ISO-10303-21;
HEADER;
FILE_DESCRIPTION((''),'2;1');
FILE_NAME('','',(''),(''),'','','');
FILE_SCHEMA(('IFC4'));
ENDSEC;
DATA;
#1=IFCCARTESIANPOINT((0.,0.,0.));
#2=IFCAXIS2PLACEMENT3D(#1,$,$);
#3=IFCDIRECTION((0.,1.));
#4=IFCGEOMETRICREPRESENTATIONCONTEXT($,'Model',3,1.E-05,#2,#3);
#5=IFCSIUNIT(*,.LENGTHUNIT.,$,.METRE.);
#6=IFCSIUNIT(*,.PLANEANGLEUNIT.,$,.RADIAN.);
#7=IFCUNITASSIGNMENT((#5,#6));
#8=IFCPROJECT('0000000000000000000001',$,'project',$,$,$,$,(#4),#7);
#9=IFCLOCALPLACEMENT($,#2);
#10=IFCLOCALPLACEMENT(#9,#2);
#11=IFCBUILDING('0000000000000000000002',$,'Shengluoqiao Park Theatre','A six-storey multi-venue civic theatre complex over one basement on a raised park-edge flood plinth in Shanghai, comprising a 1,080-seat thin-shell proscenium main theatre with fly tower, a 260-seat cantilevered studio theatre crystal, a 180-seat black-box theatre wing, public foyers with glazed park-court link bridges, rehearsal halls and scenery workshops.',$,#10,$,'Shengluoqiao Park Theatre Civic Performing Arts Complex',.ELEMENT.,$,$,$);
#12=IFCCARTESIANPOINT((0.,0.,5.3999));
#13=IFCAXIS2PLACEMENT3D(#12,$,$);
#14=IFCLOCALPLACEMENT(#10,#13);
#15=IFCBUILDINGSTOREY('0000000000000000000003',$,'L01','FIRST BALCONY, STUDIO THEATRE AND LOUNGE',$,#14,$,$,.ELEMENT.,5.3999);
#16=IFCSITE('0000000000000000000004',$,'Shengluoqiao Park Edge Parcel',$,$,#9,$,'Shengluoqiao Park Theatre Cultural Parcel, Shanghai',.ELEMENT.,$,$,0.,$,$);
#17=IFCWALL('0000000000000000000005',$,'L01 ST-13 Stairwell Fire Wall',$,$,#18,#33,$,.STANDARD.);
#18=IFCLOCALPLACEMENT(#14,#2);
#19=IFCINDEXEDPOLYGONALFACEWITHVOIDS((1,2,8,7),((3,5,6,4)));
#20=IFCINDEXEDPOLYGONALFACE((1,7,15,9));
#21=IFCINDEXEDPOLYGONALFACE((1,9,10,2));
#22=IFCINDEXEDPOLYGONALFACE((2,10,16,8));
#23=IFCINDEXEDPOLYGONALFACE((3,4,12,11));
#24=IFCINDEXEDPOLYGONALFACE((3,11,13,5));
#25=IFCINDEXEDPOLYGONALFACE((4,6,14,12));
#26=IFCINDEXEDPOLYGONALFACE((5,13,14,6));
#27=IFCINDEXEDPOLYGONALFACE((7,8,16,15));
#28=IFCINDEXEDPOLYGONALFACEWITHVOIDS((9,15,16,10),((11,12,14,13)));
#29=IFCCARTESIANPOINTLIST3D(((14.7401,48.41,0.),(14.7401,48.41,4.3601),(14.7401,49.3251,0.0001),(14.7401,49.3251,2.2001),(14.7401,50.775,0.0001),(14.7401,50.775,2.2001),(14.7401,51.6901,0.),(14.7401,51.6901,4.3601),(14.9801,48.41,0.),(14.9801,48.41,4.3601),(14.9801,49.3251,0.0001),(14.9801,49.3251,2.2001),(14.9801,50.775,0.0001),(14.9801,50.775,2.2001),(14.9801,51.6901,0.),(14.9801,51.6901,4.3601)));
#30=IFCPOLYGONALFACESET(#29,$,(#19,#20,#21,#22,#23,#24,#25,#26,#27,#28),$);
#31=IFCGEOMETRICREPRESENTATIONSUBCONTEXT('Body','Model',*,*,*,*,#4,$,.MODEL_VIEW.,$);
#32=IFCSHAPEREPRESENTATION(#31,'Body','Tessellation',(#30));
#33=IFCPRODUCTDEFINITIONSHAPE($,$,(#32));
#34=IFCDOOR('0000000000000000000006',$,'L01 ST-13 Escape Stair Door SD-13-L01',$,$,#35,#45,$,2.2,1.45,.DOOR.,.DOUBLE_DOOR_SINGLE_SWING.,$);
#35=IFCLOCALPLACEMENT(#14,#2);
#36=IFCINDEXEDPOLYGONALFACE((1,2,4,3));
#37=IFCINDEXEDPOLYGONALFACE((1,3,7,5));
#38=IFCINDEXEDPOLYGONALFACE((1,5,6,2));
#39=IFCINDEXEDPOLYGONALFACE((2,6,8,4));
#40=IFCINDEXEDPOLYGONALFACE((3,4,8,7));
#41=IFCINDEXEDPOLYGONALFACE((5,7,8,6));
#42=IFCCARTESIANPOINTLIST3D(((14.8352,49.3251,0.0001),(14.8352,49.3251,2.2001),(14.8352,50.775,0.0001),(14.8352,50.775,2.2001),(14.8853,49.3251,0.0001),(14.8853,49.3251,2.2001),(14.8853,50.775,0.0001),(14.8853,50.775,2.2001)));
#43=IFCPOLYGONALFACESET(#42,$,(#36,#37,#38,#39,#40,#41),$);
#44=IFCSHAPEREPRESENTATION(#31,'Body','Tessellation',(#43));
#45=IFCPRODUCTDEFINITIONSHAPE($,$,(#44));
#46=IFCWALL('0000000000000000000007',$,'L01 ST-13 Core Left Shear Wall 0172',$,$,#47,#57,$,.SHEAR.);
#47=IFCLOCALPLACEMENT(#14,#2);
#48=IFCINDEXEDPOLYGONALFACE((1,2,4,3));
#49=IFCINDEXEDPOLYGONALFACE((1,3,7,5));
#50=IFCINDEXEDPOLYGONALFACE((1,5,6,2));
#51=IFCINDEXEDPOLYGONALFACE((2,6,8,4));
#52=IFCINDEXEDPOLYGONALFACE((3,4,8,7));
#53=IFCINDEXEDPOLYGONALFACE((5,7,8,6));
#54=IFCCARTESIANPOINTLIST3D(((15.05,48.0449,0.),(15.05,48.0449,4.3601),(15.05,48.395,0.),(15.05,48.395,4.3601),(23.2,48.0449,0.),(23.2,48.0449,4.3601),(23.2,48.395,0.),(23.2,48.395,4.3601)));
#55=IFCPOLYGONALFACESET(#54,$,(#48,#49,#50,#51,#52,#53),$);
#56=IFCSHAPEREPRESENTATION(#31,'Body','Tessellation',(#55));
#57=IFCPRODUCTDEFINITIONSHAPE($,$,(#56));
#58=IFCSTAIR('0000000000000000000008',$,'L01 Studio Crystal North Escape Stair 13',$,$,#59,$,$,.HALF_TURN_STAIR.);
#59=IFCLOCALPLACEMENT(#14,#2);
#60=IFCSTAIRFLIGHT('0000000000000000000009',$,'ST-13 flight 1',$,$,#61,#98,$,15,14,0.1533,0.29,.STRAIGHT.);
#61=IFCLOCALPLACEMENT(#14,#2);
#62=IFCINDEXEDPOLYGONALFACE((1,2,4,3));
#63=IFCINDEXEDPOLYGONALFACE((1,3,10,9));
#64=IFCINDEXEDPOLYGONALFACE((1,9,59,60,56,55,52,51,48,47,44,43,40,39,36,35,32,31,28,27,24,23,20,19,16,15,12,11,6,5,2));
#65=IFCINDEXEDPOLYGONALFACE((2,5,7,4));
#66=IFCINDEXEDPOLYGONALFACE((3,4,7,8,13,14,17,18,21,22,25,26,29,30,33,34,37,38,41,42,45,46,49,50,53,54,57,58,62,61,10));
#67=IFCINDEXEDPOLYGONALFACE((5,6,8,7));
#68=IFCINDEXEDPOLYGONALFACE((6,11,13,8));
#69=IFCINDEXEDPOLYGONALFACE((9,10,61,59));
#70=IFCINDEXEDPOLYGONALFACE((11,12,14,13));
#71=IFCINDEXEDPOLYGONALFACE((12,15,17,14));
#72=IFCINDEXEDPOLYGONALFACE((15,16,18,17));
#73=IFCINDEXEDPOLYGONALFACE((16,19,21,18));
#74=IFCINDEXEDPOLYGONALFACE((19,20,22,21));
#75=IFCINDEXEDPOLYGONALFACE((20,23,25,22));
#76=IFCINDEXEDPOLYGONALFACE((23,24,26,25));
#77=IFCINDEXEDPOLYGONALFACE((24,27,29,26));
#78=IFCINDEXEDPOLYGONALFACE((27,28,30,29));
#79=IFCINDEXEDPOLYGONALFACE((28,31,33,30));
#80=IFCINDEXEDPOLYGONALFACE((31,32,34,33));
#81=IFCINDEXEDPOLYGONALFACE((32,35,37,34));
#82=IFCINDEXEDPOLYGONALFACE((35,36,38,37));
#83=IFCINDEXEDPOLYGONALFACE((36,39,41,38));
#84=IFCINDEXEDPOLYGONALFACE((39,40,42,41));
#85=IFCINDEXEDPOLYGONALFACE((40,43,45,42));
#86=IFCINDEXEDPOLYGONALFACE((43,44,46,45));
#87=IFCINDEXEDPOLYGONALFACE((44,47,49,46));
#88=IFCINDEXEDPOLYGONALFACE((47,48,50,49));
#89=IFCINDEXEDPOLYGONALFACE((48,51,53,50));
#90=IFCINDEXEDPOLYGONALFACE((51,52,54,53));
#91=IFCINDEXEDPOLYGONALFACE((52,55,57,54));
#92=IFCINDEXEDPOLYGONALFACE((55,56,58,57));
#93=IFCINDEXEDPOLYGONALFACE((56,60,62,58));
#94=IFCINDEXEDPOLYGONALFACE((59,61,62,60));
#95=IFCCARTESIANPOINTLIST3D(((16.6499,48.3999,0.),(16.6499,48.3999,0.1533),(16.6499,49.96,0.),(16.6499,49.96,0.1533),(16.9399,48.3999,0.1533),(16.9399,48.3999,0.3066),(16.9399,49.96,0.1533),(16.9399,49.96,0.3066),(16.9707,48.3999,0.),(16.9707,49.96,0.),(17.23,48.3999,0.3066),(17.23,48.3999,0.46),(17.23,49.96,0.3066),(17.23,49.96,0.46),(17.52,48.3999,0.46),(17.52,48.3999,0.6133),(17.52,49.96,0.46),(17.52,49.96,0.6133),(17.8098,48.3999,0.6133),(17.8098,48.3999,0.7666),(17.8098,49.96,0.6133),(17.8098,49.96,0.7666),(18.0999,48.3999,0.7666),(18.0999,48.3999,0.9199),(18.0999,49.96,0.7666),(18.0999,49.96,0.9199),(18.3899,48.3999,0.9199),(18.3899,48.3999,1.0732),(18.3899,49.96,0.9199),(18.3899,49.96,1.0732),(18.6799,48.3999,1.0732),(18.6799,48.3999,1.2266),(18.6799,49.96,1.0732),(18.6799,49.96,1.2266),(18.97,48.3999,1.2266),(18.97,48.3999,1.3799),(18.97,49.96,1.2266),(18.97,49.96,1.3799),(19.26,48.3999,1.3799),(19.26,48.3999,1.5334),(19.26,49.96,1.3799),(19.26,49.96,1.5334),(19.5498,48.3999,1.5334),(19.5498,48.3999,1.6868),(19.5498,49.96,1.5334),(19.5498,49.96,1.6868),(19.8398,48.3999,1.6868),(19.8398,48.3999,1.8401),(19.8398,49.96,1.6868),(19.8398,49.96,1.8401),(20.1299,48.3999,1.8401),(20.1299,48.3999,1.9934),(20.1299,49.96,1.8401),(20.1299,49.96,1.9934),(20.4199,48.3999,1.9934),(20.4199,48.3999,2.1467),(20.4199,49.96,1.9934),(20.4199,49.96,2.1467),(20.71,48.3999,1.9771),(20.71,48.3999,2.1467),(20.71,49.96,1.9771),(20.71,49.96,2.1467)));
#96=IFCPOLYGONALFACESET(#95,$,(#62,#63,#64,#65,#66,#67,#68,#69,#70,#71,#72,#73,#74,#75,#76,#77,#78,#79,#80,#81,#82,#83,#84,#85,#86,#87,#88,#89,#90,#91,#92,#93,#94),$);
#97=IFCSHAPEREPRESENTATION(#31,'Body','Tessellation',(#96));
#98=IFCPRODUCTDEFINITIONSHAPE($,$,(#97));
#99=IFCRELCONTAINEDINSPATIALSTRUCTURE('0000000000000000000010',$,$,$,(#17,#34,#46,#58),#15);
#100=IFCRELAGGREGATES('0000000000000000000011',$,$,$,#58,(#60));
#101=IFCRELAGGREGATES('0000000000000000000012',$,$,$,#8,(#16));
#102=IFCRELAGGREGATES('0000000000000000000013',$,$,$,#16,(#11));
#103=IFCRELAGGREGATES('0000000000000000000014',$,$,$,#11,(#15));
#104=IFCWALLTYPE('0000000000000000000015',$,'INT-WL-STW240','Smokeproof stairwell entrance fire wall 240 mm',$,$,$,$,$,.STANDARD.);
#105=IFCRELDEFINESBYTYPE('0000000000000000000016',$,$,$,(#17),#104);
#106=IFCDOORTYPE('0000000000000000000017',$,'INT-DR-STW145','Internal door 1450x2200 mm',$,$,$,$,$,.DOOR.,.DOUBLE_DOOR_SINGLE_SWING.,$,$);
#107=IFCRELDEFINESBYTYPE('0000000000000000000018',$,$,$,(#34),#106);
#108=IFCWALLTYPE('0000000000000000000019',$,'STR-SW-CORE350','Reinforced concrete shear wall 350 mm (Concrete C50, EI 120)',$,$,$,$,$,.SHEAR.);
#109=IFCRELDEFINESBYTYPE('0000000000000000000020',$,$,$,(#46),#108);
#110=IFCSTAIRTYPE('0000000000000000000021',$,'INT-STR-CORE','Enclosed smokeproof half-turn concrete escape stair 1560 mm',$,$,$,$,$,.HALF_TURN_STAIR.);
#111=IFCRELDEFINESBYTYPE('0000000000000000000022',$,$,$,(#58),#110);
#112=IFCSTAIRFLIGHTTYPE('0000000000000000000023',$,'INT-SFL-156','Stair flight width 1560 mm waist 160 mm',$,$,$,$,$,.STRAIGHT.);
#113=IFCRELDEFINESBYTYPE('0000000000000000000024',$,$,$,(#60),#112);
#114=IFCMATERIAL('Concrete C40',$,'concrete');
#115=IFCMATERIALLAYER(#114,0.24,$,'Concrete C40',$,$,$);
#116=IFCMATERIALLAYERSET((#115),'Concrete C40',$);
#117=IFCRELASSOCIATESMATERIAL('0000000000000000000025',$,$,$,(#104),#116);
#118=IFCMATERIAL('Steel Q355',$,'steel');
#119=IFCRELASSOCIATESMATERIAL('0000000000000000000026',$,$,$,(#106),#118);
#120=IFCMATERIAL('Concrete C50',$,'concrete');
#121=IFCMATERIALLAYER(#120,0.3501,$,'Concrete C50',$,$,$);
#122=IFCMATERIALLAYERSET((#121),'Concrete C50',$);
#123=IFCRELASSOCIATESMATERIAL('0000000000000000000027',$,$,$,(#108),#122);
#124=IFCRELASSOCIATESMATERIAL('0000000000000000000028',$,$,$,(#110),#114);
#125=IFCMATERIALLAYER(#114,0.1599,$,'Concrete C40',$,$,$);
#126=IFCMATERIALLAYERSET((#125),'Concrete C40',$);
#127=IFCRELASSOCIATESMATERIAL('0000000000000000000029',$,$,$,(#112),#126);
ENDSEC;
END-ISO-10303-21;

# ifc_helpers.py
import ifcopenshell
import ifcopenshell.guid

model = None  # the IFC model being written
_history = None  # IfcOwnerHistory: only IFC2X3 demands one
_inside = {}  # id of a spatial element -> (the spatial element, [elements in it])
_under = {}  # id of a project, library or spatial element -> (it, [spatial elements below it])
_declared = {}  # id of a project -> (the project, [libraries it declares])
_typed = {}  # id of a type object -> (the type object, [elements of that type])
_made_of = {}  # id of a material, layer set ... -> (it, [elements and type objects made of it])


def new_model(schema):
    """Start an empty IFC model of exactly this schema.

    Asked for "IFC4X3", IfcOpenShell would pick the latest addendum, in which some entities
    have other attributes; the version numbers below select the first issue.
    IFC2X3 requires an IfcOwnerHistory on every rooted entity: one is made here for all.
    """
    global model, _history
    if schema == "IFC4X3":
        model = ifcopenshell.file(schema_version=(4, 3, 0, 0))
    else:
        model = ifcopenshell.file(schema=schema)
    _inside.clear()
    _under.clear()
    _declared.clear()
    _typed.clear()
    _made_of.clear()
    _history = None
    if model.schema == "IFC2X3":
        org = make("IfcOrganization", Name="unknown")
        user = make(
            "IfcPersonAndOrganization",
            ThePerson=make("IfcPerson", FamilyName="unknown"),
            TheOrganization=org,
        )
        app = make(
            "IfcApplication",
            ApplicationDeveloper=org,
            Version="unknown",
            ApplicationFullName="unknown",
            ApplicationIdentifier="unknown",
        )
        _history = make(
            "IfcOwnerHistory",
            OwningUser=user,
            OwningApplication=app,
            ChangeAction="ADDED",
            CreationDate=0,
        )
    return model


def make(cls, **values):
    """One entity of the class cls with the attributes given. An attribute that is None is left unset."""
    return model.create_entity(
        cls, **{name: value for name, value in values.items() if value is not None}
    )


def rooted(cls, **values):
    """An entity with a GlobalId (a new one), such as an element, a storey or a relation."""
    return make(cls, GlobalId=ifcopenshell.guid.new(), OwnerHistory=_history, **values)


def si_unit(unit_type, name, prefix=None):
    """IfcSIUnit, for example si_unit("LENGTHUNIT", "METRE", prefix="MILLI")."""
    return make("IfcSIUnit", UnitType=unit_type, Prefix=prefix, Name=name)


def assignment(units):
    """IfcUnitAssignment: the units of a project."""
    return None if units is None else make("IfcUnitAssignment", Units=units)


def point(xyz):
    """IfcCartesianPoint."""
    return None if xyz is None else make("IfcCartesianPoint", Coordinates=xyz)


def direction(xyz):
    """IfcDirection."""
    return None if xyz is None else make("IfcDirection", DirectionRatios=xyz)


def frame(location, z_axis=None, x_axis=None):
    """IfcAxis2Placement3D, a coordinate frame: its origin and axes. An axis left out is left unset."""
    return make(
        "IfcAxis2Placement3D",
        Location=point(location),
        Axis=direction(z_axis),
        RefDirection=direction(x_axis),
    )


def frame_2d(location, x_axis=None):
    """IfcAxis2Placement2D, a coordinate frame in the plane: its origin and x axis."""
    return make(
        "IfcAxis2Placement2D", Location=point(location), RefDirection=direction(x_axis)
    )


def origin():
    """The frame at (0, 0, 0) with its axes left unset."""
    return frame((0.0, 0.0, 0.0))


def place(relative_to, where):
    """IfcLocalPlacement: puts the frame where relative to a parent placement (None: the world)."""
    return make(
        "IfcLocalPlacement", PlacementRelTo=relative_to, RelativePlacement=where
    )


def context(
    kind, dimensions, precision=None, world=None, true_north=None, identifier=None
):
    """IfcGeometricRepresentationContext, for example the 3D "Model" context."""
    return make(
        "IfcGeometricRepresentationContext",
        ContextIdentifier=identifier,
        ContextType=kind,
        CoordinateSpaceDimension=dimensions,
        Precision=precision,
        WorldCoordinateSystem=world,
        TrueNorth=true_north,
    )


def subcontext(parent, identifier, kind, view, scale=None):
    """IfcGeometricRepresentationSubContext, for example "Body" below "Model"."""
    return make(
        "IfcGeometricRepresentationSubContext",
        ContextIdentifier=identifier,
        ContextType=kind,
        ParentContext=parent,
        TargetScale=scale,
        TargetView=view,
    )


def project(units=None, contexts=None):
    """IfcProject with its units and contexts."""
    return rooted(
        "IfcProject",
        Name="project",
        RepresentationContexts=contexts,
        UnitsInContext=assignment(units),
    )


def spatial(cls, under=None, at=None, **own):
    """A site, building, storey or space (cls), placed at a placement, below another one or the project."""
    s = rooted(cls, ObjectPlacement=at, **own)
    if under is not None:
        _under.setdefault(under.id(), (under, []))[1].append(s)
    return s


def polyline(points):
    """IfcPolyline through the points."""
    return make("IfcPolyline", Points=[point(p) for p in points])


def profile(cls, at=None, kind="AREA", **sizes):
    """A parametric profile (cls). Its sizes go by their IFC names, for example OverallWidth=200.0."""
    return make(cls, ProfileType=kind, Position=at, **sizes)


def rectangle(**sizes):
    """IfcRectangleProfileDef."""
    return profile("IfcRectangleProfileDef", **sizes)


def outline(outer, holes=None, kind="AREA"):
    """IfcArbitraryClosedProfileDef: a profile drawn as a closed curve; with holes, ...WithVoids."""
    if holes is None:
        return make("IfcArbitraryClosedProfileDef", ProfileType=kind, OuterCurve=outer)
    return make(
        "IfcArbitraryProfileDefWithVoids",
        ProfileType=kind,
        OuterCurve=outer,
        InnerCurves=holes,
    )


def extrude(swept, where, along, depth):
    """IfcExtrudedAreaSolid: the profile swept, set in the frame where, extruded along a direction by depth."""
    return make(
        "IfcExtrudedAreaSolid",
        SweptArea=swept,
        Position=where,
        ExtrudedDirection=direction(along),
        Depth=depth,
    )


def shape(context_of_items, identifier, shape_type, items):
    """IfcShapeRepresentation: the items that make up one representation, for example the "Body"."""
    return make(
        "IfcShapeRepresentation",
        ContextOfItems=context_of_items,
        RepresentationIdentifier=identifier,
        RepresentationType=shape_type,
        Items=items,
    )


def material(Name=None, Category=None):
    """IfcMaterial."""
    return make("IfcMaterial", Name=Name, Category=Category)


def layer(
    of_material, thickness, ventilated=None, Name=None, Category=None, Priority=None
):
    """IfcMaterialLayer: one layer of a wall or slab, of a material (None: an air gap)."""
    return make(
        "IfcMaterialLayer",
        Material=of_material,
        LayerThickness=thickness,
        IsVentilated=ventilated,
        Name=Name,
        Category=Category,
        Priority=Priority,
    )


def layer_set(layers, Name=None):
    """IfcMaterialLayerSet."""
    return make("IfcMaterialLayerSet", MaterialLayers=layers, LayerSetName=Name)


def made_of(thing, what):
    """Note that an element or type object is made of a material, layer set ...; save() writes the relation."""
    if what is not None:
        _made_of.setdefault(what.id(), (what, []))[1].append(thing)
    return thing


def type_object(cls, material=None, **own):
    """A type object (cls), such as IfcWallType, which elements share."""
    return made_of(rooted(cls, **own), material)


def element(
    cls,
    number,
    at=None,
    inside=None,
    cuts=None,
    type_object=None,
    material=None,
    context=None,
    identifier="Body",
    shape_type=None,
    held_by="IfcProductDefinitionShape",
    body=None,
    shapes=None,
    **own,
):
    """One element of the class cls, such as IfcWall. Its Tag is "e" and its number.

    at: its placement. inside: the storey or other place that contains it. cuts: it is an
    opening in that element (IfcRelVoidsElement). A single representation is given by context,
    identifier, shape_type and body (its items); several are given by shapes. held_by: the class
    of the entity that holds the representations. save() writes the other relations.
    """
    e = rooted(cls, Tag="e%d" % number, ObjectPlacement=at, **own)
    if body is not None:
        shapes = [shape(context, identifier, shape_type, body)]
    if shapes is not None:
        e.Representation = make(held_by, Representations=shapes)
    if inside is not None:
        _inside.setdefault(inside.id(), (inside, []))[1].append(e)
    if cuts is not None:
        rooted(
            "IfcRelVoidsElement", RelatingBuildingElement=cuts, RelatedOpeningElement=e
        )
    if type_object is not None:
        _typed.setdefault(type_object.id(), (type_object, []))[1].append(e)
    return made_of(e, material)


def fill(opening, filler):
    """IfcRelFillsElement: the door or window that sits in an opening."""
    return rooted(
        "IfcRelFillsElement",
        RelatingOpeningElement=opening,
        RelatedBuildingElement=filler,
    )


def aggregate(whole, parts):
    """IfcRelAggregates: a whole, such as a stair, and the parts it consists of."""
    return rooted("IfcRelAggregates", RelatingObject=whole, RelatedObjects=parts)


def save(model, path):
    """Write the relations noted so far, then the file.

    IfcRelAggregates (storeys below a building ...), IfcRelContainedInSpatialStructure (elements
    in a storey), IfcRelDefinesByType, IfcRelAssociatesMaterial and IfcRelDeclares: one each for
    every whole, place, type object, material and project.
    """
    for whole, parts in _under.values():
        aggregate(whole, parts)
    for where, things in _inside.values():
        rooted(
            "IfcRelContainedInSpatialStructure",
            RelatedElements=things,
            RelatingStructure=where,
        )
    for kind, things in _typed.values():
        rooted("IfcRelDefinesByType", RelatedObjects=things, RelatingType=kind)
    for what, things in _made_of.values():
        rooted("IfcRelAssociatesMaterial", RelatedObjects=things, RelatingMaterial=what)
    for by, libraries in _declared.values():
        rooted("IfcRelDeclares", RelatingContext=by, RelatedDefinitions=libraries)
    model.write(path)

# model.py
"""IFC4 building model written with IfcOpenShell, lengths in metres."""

from ifc_helpers import new_model, si_unit, direction, frame, frame_2d, origin, place, context, subcontext, project, spatial, polyline, rectangle, outline, extrude, material, layer, layer_set, type_object, element, fill, aggregate, save


model = new_model("IFC4")

# Units and contexts
model_context = context("Model", 3, precision=1e-05, world=origin(), true_north=direction((0.0, 1.0)))
body_context = subcontext(model_context, "Body", "Model", "MODEL_VIEW")
ifc_project = project(units=[si_unit("LENGTHUNIT", "METRE"), si_unit("PLANEANGLEUNIT", "RADIAN")], contexts=[model_context])

# Site, building, storey
site_placement = place(None, origin())
site = spatial("IfcSite", under=ifc_project, at=site_placement, Name="Shengluoqiao Park Edge Parcel", LongName="Shengluoqiao Park Theatre Cultural Parcel, Shanghai", CompositionType="ELEMENT", RefElevation=0.0)
building_placement = place(site_placement, origin())
building = spatial("IfcBuilding", under=site, at=building_placement, Name="Shengluoqiao Park Theatre", Description="A six-storey multi-venue civic theatre complex over one basement on a raised park-edge flood plinth in Shanghai, comprising a 1,080-seat thin-shell proscenium main theatre with fly tower, a 260-seat cantilevered studio theatre crystal, a 180-seat black-box theatre wing, public foyers with glazed park-court link bridges, rehearsal halls and scenery workshops.", LongName="Shengluoqiao Park Theatre Civic Performing Arts Complex", CompositionType="ELEMENT")
storey_placement = place(building_placement, frame((0.0, 0.0, 5.3999)))
storey = spatial("IfcBuildingStorey", under=building, at=storey_placement, Name="L01", Description="FIRST BALCONY, STUDIO THEATRE AND LOUNGE", CompositionType="ELEMENT", Elevation=5.3999)

# Shared definitions
ifc_material_1 = material(Name="Steel Q355", Category="steel")

# Wall, opening, door
ifc_material_2 = material(Name="Concrete C40", Category="concrete")
ifc_layer_1 = layer(ifc_material_2, 0.24, Name="Concrete C40")
ifc_layer_set_1 = layer_set([ifc_layer_1], Name="Concrete C40")
wall_type_1 = type_object("IfcWallType", Name="INT-WL-STW240", Description="Smokeproof stairwell entrance fire wall 240 mm", PredefinedType="STANDARD", material=ifc_layer_set_1)
wall_1_placement = place(storey_placement, frame((14.8601, 48.4099, 0.0), z_axis=(0.0, 0.0, 1.0), x_axis=(0.0, 1.0, 0.0)))
wall_1 = element("IfcWall", 1, at=wall_1_placement, inside=storey, type_object=wall_type_1, Name="L01 ST-13 Stairwell Fire Wall", PredefinedType="STANDARD", context=body_context, shape_type="SweptSolid", body=[
    extrude(rectangle(XDim=3.28, YDim=0.24, at=frame_2d((1.6401, 0.0))), origin(), (0.0, 0.0, 1.0), 4.3601),
])
opening_placement = place(wall_1_placement, frame((0.915, 0.0, 0.0)))
opening = element("IfcOpeningElement", 2, at=opening_placement, cuts=wall_1, PredefinedType="OPENING", context=body_context, shape_type="SweptSolid", body=[
    extrude(rectangle(XDim=1.45, YDim=2.2, at=frame_2d((0.7251, 1.1001))), frame((0.0, 0.1299, 0.0), z_axis=(0.0, -1.0, 0.0), x_axis=(1.0, 0.0, 0.0)), (0.0, 0.0, 1.0), 0.26),
])
door_type = type_object("IfcDoorType", Name="INT-DR-STW145", Description="Internal door 1450x2200 mm", OperationType="DOUBLE_DOOR_SINGLE_SWING", PredefinedType="DOOR", material=ifc_material_1)
door_placement = place(opening_placement, origin())
door = element("IfcDoor", 3, at=door_placement, inside=storey, type_object=door_type, Name="L01 ST-13 Escape Stair Door SD-13-L01", OperationType="DOUBLE_DOOR_SINGLE_SWING", OverallHeight=2.2, OverallWidth=1.45, PredefinedType="DOOR", context=body_context, shape_type="SweptSolid", body=[
    extrude(rectangle(XDim=1.45, YDim=2.2, at=frame_2d((0.7251, 1.1001))), frame((0.0, 0.0249, 0.0), z_axis=(0.0, -1.0, 0.0), x_axis=(1.0, 0.0, 0.0)), (0.0, 0.0, 1.0), 0.05),
])
fill(opening, door)

# Wall
ifc_material_3 = material(Name="Concrete C50", Category="concrete")
ifc_layer_2 = layer(ifc_material_3, 0.3501, Name="Concrete C50")
ifc_layer_set_2 = layer_set([ifc_layer_2], Name="Concrete C50")
wall_type_2 = type_object("IfcWallType", Name="STR-SW-CORE350", Description="Reinforced concrete shear wall 350 mm (Concrete C50, EI 120)", PredefinedType="SHEAR", material=ifc_layer_set_2)
wall_2_placement = place(storey_placement, frame((15.05, 48.22, 0.0), z_axis=(0.0, 0.0, 1.0), x_axis=(1.0, 0.0, 0.0)))
element("IfcWall", 4, at=wall_2_placement, inside=storey, type_object=wall_type_2, Name="L01 ST-13 Core Left Shear Wall 0172", PredefinedType="SHEAR", context=body_context, shape_type="SweptSolid", body=[
    extrude(rectangle(XDim=8.1499, YDim=0.3501, at=frame_2d((4.075, 0.0))), origin(), (0.0, 0.0, 1.0), 4.3601),
])

# Stair, stair flight
stair_type = type_object("IfcStairType", Name="INT-STR-CORE", Description="Enclosed smokeproof half-turn concrete escape stair 1560 mm", PredefinedType="HALF_TURN_STAIR", material=ifc_material_2)
stair_placement = place(storey_placement, origin())
stair = element("IfcStair", 5, at=stair_placement, inside=storey, type_object=stair_type, Name="L01 Studio Crystal North Escape Stair 13", PredefinedType="HALF_TURN_STAIR")
ifc_layer_3 = layer(ifc_material_2, 0.1599, Name="Concrete C40")
ifc_layer_set_3 = layer_set([ifc_layer_3], Name="Concrete C40")
stair_flight_type = type_object("IfcStairFlightType", Name="INT-SFL-156", Description="Stair flight width 1560 mm waist 160 mm", PredefinedType="STRAIGHT", material=ifc_layer_set_3)
stair_flight_placement = place(storey_placement, frame((16.6499, 49.1799, 0.0), z_axis=(0.0, 0.0, 1.0), x_axis=(1.0, 0.0, 0.0)))
stair_flight = element("IfcStairFlight", 6, at=stair_flight_placement, type_object=stair_flight_type, Name="ST-13 flight 1", NumberOfRisers=15, NumberOfTreads=14, PredefinedType="STRAIGHT", RiserHeight=0.1533, TreadLength=0.29, context=body_context, shape_type="SweptSolid", body=[
    extrude(outline(polyline([(0.0, 0.0), (0.0, 0.1533), (0.29, 0.1533), (0.29, 0.3066), (0.5801, 0.3066), (0.5801, 0.46), (0.8701, 0.46), (0.8701, 0.6133), (1.1599, 0.6133), (1.1599, 0.7666), (1.45, 0.7666), (1.45, 0.9199), (1.74, 0.9199), (1.74, 1.0732), (2.03, 1.0732), (2.03, 1.2266), (2.3201, 1.2266), (2.3201, 1.3799), (2.6101, 1.3799), (2.6101, 1.5334), (2.8999, 1.5334), (2.8999, 1.6868), (3.1899, 1.6868), (3.1899, 1.8401), (3.48, 1.8401), (3.48, 1.9934), (3.77, 1.9934), (3.77, 2.1467), (4.0601, 2.1467), (4.0601, 2.3), (4.0601, 1.9771), (0.3208, 0.0), (0.0, 0.0)])), frame((0.0, 0.78, 0.0), z_axis=(0.0, -1.0, 0.0), x_axis=(1.0, 0.0, 0.0)), (0.0, 0.0, 1.0), 1.5601),
])
aggregate(stair, [stair_flight])

save(model, "model.ifc")
